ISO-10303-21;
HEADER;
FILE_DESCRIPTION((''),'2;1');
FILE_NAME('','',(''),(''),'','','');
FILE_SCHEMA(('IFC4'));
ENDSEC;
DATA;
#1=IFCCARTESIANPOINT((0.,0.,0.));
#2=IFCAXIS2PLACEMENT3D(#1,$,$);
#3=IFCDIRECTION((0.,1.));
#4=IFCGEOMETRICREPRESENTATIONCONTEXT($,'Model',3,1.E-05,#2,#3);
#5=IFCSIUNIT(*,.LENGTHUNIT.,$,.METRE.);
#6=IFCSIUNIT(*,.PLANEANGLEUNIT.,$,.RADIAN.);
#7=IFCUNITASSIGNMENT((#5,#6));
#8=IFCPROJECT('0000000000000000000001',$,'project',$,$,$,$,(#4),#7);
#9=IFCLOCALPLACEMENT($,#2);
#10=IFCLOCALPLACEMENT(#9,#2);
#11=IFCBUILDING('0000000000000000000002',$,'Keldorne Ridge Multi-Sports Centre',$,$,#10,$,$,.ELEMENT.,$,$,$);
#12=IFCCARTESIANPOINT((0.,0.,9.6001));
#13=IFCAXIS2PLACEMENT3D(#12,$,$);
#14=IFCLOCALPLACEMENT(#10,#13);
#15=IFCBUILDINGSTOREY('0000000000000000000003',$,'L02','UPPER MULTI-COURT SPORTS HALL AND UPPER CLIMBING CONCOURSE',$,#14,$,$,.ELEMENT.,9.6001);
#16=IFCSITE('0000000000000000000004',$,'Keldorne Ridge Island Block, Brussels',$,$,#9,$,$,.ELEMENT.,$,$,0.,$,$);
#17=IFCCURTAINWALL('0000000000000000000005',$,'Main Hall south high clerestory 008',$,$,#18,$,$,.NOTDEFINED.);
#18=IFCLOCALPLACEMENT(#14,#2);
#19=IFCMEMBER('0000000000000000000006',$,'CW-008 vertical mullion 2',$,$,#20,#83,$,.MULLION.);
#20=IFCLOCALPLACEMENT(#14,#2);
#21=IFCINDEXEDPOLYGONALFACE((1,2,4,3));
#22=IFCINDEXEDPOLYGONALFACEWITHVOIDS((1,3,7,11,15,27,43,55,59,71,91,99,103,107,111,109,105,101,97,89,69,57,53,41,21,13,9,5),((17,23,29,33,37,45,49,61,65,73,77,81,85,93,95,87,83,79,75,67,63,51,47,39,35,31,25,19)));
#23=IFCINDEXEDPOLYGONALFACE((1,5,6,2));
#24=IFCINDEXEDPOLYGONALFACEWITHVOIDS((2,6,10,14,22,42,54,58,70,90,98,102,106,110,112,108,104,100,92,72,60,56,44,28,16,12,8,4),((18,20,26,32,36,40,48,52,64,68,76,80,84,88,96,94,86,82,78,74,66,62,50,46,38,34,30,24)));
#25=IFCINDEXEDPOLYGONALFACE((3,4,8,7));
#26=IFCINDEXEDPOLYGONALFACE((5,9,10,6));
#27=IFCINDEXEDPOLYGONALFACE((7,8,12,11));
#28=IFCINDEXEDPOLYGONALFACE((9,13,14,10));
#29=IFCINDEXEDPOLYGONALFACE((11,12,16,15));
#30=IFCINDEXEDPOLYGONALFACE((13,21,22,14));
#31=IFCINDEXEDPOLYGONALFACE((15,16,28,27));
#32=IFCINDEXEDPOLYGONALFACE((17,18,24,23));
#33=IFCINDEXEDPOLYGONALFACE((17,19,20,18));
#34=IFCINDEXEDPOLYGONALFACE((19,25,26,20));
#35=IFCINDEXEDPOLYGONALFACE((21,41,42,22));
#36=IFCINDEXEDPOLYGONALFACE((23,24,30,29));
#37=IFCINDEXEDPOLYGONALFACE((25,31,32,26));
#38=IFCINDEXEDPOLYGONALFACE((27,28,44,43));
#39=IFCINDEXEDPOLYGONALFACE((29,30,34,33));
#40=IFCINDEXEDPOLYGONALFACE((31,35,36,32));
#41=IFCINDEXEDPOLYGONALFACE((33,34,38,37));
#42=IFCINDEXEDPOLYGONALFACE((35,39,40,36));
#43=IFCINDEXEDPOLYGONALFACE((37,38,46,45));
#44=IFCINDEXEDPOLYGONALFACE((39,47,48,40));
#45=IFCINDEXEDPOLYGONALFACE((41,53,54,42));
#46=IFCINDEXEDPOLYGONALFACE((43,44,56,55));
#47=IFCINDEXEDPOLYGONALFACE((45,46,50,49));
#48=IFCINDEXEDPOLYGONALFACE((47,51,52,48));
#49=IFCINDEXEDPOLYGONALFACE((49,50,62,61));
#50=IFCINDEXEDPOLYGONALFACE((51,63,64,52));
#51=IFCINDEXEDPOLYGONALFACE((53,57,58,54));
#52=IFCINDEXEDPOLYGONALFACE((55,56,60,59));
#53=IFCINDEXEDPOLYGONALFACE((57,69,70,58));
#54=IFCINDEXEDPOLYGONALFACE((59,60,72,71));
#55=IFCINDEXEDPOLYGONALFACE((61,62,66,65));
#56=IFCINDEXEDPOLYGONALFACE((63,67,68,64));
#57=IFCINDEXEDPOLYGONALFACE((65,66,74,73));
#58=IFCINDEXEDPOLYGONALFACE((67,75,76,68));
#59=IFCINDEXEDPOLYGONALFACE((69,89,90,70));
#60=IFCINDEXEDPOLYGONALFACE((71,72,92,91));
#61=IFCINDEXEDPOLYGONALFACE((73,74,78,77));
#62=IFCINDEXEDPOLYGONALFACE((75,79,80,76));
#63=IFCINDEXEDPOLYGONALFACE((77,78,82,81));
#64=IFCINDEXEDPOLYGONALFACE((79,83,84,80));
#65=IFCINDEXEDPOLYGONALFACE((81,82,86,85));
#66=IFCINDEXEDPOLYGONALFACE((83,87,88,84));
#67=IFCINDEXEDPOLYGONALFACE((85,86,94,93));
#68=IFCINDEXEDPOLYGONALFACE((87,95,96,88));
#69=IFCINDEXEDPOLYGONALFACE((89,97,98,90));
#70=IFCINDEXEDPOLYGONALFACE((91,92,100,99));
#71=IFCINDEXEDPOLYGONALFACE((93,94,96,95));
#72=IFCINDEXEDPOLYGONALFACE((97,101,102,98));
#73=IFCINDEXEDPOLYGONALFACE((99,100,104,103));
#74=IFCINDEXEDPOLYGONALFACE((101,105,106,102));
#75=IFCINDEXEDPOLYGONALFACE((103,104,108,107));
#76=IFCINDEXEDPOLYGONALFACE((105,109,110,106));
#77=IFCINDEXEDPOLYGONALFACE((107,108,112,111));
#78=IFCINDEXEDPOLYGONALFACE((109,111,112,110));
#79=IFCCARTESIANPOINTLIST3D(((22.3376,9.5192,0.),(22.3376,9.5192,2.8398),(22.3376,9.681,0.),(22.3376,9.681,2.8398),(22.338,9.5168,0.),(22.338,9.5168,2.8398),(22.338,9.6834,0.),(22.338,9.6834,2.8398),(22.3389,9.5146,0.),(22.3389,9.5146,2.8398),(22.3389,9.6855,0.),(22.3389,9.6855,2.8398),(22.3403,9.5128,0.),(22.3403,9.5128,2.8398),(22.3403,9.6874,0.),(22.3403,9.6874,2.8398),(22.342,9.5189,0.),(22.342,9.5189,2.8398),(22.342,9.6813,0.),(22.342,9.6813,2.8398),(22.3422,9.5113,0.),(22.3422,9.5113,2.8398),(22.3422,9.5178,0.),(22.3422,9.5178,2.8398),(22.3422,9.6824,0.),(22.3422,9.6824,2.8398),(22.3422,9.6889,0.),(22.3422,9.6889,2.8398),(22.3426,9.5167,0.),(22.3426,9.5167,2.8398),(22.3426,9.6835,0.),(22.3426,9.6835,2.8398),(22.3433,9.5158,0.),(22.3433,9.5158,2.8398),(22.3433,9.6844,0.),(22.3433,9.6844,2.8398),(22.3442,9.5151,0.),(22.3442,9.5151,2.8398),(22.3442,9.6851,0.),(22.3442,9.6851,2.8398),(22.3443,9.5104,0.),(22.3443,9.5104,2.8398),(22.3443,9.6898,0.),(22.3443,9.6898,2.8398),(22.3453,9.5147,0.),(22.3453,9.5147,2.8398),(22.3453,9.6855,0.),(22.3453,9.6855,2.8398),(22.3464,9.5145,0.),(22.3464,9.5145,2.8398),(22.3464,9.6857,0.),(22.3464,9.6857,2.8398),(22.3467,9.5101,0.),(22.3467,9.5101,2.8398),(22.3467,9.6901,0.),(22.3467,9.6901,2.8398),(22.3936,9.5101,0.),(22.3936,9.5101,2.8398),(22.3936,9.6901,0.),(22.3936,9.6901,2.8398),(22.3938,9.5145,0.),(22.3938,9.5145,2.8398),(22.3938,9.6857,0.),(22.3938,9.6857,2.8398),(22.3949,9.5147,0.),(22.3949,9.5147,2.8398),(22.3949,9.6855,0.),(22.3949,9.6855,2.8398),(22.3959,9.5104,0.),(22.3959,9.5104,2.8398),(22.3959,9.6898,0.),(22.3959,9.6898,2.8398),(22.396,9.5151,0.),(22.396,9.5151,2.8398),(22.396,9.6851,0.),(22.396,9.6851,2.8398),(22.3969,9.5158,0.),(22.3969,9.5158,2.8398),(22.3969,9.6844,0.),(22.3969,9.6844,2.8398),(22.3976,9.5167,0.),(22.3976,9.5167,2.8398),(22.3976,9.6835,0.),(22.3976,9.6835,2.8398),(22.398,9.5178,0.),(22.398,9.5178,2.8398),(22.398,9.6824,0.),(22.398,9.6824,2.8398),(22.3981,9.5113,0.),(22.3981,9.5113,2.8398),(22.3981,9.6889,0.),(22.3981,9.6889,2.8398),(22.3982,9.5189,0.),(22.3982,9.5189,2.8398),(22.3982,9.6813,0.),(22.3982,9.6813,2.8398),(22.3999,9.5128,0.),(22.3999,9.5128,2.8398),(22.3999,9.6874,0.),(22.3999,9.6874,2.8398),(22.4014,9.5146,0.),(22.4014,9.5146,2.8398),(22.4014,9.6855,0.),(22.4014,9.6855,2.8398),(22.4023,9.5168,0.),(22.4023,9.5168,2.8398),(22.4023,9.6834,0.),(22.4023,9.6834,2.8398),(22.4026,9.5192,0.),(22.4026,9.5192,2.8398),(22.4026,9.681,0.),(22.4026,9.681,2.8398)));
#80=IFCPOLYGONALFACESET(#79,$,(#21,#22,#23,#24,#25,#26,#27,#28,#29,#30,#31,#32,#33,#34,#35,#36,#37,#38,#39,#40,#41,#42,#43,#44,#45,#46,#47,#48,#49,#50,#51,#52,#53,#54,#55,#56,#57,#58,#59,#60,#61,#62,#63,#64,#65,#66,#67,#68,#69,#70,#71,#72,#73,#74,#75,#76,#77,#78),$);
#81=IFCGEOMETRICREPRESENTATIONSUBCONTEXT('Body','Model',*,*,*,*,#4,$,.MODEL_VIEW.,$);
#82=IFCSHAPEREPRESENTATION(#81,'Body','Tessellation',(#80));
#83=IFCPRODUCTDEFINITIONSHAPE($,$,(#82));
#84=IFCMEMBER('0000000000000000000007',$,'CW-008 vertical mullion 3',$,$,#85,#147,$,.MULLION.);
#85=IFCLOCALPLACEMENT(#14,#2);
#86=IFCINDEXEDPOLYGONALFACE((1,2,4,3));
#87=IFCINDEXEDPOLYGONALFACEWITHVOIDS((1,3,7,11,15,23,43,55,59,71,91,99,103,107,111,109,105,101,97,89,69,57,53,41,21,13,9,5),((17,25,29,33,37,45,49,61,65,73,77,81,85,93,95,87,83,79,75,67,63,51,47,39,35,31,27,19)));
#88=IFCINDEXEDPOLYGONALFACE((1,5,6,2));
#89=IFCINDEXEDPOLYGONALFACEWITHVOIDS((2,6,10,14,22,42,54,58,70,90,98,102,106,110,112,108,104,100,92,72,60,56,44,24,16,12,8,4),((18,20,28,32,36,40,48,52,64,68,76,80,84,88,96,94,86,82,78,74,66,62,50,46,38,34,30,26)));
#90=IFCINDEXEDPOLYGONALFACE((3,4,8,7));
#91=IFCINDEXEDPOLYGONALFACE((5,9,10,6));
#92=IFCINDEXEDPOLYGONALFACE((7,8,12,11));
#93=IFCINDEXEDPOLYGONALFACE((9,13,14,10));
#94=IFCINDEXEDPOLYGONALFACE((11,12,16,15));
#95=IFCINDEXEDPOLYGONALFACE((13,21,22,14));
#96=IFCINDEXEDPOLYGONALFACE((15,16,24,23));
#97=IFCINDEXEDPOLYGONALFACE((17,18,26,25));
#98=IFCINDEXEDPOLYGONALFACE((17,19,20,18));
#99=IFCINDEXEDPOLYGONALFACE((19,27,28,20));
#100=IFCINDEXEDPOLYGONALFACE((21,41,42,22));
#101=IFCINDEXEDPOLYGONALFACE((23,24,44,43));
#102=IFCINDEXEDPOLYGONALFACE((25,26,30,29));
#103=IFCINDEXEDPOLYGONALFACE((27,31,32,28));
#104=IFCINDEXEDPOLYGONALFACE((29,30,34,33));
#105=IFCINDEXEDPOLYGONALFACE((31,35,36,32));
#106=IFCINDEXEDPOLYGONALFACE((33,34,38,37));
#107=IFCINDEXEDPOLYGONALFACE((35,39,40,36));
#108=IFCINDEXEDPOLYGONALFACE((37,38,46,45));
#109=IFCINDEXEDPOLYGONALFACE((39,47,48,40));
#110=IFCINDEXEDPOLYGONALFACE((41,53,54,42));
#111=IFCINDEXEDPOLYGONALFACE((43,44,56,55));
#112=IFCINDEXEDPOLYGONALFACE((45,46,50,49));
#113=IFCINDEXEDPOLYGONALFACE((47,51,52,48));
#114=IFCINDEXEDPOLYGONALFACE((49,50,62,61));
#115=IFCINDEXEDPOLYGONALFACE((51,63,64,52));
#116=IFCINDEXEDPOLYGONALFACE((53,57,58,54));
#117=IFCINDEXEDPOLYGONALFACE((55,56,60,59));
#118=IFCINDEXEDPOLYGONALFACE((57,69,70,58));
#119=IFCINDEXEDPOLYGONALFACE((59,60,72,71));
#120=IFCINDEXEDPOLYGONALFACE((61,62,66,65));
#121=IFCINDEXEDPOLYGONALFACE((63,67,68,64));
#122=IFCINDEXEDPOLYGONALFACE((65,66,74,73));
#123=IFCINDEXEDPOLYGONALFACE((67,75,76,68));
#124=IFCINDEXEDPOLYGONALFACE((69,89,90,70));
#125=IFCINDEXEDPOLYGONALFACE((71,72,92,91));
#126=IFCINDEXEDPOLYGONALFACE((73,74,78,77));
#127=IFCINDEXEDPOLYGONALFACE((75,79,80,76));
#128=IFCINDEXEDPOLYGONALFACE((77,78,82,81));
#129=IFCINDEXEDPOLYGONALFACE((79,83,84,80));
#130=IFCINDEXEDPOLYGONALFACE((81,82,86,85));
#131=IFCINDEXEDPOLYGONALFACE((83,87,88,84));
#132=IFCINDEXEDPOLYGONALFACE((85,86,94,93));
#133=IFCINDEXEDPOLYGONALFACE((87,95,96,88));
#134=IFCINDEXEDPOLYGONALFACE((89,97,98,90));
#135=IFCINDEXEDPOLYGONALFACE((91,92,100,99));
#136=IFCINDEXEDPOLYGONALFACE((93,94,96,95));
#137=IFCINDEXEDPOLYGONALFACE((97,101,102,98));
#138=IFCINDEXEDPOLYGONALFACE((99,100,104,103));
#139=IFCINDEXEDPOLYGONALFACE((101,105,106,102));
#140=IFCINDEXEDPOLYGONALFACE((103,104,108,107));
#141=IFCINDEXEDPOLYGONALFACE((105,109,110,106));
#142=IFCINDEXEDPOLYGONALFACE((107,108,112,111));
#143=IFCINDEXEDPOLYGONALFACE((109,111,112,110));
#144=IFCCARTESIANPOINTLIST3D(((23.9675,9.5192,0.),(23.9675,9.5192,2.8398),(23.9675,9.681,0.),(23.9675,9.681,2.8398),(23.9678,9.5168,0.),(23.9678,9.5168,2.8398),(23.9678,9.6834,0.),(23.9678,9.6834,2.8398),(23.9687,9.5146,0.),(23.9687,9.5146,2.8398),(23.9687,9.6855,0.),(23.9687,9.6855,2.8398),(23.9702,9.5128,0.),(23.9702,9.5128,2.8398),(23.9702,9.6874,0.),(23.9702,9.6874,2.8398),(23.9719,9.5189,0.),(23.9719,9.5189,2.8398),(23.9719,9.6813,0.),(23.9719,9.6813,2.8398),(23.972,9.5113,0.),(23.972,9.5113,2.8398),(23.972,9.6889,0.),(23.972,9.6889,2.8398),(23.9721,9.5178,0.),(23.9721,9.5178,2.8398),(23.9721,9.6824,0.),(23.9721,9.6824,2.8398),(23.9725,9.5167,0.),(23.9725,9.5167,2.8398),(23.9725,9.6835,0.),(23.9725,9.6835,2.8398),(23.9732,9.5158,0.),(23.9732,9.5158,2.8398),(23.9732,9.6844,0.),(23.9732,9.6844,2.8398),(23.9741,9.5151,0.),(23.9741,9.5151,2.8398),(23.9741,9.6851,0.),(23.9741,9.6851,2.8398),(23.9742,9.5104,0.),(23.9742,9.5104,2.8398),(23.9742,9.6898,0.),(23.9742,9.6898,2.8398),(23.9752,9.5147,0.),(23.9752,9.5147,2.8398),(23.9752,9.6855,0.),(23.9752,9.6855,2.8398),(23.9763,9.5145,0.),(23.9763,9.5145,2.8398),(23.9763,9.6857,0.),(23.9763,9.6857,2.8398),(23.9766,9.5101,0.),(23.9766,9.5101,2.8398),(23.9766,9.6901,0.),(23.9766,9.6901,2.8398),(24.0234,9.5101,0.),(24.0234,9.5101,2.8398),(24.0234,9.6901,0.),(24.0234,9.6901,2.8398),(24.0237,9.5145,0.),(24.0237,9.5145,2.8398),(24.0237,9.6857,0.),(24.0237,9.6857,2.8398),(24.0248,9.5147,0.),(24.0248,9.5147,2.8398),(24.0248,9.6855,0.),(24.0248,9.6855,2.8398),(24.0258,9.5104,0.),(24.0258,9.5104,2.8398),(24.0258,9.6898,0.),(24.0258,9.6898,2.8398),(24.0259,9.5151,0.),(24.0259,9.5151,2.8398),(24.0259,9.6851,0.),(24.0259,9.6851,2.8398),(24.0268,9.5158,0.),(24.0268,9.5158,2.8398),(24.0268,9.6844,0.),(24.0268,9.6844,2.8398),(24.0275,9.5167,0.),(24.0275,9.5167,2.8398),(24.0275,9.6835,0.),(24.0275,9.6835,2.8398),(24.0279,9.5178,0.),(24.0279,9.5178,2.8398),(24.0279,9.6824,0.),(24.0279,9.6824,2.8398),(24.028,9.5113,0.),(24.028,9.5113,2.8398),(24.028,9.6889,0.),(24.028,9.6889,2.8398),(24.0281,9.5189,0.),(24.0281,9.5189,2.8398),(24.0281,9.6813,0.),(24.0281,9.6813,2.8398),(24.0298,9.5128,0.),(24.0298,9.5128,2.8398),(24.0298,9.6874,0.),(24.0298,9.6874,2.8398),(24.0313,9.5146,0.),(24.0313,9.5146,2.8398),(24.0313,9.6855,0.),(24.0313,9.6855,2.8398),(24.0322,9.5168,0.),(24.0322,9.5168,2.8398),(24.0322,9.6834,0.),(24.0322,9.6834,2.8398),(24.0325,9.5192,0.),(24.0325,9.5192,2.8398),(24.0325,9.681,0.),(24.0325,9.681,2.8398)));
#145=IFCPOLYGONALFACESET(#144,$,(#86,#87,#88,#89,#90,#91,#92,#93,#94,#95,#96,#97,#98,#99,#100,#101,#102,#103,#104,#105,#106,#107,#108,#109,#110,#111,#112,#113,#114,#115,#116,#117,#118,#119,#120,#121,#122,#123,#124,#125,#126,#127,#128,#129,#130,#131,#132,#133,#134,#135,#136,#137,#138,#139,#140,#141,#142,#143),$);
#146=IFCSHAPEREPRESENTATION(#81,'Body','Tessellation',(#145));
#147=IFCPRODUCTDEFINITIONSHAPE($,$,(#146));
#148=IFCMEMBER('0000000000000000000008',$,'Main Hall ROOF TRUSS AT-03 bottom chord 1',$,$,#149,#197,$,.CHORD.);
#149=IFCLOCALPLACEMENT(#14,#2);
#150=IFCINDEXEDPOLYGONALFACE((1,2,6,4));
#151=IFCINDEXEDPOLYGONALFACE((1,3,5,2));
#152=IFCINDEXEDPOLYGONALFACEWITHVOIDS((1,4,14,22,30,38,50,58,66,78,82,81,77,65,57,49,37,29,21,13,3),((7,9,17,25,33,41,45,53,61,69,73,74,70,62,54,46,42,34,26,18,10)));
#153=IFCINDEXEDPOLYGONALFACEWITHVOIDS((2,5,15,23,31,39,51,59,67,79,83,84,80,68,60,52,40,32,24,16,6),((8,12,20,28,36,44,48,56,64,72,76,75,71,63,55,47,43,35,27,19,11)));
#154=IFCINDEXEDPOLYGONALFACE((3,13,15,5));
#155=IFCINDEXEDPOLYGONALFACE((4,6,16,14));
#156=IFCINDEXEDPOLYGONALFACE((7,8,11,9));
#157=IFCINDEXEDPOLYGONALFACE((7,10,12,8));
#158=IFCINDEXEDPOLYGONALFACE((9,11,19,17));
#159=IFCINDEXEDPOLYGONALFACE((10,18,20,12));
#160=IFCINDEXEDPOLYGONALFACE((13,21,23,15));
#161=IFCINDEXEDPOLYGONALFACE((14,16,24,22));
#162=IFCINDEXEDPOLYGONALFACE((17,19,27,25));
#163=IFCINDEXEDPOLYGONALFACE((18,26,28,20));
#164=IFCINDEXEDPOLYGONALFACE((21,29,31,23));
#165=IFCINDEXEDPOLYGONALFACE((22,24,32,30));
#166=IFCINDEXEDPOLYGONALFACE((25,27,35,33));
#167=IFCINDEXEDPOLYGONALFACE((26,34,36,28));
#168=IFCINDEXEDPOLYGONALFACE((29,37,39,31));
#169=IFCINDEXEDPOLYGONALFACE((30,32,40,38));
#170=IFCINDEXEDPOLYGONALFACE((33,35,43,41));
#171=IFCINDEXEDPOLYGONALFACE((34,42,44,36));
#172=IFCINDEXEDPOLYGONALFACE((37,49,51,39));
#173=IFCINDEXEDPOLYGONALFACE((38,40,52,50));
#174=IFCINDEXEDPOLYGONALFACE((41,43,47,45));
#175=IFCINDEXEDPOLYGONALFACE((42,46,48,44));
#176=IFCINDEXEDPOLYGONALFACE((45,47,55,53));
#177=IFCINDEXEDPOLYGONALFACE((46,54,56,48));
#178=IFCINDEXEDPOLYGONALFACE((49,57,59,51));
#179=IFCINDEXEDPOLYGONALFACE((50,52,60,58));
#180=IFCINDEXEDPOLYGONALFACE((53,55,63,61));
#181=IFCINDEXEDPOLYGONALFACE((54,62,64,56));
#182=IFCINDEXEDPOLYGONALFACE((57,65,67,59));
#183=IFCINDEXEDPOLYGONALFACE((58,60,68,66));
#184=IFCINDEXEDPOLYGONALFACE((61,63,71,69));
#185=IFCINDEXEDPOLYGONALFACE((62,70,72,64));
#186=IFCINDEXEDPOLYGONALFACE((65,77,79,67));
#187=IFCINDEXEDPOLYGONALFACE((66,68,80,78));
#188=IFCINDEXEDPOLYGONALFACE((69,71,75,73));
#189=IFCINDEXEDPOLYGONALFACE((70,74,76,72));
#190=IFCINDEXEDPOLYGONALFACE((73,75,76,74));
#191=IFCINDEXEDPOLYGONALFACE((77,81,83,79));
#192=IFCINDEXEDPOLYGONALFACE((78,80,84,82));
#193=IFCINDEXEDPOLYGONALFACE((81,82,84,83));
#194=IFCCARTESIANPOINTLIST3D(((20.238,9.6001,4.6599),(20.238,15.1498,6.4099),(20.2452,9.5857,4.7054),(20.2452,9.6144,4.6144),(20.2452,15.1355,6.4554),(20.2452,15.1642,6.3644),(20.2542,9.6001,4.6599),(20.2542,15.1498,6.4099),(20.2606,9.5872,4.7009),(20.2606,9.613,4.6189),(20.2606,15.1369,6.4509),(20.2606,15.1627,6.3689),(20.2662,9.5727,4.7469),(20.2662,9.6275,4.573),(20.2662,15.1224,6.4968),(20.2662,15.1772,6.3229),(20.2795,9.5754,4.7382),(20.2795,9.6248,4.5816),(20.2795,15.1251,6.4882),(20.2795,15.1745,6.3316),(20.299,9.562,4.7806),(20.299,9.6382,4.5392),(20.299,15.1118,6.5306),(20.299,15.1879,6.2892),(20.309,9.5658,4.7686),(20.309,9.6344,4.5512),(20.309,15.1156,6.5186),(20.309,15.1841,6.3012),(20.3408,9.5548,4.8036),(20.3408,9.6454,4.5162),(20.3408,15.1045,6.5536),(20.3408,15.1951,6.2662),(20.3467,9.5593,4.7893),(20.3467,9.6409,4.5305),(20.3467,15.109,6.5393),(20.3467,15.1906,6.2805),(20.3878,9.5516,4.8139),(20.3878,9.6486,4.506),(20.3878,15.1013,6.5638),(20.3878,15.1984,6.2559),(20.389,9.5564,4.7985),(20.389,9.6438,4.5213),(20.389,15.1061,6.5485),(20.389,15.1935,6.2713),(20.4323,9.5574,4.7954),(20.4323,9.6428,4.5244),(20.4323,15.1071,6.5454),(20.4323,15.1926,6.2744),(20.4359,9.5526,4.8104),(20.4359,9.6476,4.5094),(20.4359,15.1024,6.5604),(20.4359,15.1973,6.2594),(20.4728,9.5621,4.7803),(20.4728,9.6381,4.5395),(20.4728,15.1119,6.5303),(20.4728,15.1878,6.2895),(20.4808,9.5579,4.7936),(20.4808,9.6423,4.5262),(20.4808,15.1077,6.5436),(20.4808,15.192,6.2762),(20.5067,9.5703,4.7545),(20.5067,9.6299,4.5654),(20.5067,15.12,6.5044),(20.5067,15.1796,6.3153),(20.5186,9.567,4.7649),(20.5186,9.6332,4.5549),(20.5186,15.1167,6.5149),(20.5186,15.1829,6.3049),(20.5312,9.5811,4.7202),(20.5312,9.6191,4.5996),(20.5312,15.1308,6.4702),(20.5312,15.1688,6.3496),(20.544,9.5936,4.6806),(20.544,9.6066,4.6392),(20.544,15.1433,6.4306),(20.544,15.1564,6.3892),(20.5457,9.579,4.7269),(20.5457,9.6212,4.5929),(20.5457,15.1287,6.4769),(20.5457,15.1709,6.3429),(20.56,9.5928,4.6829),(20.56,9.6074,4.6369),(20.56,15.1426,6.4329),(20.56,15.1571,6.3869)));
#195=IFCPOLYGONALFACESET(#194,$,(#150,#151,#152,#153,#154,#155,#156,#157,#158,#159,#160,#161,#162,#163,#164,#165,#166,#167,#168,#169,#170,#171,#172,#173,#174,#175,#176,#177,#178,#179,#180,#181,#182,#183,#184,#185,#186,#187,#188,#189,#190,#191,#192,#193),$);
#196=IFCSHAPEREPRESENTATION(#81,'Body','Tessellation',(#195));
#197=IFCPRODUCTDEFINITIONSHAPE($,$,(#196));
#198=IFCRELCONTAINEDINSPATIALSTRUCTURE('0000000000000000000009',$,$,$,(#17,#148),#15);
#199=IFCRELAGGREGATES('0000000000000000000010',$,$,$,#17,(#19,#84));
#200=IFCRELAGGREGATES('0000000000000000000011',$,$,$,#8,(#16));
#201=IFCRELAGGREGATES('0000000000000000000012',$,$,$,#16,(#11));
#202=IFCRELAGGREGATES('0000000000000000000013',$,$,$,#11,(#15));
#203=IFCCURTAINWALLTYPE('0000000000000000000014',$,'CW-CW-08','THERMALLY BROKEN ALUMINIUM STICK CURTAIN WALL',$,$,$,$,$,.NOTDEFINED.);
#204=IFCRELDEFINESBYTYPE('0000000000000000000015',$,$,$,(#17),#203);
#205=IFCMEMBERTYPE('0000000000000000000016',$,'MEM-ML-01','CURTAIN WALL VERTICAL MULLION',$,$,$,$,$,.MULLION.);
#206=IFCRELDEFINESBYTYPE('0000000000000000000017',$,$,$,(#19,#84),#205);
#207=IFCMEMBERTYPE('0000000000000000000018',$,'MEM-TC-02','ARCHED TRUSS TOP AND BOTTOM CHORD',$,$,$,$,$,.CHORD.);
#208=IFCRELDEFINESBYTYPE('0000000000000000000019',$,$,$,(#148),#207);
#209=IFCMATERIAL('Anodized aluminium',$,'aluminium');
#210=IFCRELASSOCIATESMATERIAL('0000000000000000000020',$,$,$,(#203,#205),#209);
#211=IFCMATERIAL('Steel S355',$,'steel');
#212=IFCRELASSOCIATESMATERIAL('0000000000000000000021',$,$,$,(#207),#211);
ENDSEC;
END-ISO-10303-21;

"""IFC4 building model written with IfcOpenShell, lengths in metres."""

from ifc_helpers import new_model, si_unit, direction, frame, origin, origin_2d, place, context, subcontext, project, spatial, hollow_rectangle, hollow_circle, extrude, material, material_profile, profile_set, type_object, element, aggregate, save


model = new_model("IFC4")

# Units and contexts
model_context = context("Model", 3, precision=1e-05, world=origin(), true_north=direction((0.0, 1.0)))
body_context = subcontext(model_context, "Body", "Model", "MODEL_VIEW")
ifc_project = project(units=[si_unit("LENGTHUNIT", "METRE"), si_unit("PLANEANGLEUNIT", "RADIAN")], contexts=[model_context])

# Site, building, storey
site_placement = place(None, origin())
site = spatial("IfcSite", under=ifc_project, at=site_placement, Name="Keldorne Ridge Island Block, Brussels", CompositionType="ELEMENT", RefElevation=0.0)
building_placement = place(site_placement, origin())
building = spatial("IfcBuilding", under=site, at=building_placement, Name="Keldorne Ridge Multi-Sports Centre", CompositionType="ELEMENT")
storey_placement = place(building_placement, frame((0.0, 0.0, 9.6001)))
storey = spatial("IfcBuildingStorey", under=building, at=storey_placement, Name="L02", Description="UPPER MULTI-COURT SPORTS HALL AND UPPER CLIMBING CONCOURSE", CompositionType="ELEMENT", Elevation=9.6001)

# Shared definitions
ifc_material_1 = material(Name="Steel S355", Category="steel")

# Curtain wall, members
ifc_material_2 = material(Name="Anodized aluminium", Category="aluminium")
curtain_wall_type = type_object("IfcCurtainWallType", Name="CW-CW-08", Description="THERMALLY BROKEN ALUMINIUM STICK CURTAIN WALL", PredefinedType="NOTDEFINED", material=ifc_material_2)
curtain_wall_placement = place(storey_placement, origin())
curtain_wall = element("IfcCurtainWall", 1, at=curtain_wall_placement, inside=storey, type_object=curtain_wall_type, Name="Main Hall south high clerestory 008", PredefinedType="NOTDEFINED")
ifc_material_profile_1 = material_profile(ifc_material_2, hollow_rectangle(XDim=0.0649, YDim=0.1799, WallThickness=0.0044, InnerFilletRadius=0.0044, OuterFilletRadius=0.009, at=origin_2d()), Name="ALU MULLION 180x65x4.5")
ifc_profile_set_1 = profile_set([ifc_material_profile_1], Name="Anodized aluminium")
member_type_1 = type_object("IfcMemberType", Name="MEM-ML-01", Description="CURTAIN WALL VERTICAL MULLION", PredefinedType="MULLION", material=ifc_profile_set_1)
member_1_placement = place(storey_placement, frame((22.3701, 9.6001, 0.0), z_axis=(0.0, 0.0, 1.0), x_axis=(1.0, 0.0, 0.0)))
member_1 = element("IfcMember", 2, at=member_1_placement, type_object=member_type_1, Name="CW-008 vertical mullion 2", PredefinedType="MULLION", context=body_context, shape_type="SweptSolid", body=[
    extrude(hollow_rectangle(XDim=0.0649, YDim=0.1799, WallThickness=0.0044, InnerFilletRadius=0.0044, OuterFilletRadius=0.009, at=origin_2d()), origin(), (0.0, 0.0, 1.0), 2.8398),
])
member_2_placement = place(storey_placement, frame((24.0, 9.6001, 0.0), z_axis=(0.0, 0.0, 1.0), x_axis=(1.0, 0.0, 0.0)))
member_2 = element("IfcMember", 3, at=member_2_placement, type_object=member_type_1, Name="CW-008 vertical mullion 3", PredefinedType="MULLION", context=body_context, shape_type="SweptSolid", body=[
    extrude(hollow_rectangle(XDim=0.0649, YDim=0.1799, WallThickness=0.0044, InnerFilletRadius=0.0044, OuterFilletRadius=0.009, at=origin_2d()), origin(), (0.0, 0.0, 1.0), 2.8398),
])

# Member
ifc_material_profile_2 = material_profile(ifc_material_1, hollow_circle(Radius=0.1619, WallThickness=0.0161, at=origin_2d()), Name="CHS 323.9x16")
ifc_profile_set_2 = profile_set([ifc_material_profile_2], Name="Steel S355")
member_type_2 = type_object("IfcMemberType", Name="MEM-TC-02", Description="ARCHED TRUSS TOP AND BOTTOM CHORD", PredefinedType="CHORD", material=ifc_profile_set_2)
member_3_placement = place(storey_placement, frame((20.3999, 9.6001, 4.6599), z_axis=(0.0, 0.953709, 0.30073), x_axis=(-1.0, 0.0, 0.0)))
element("IfcMember", 4, at=member_3_placement, inside=storey, type_object=member_type_2, Name="Main Hall ROOF TRUSS AT-03 bottom chord 1", PredefinedType="CHORD", context=body_context, shape_type="SweptSolid", body=[
    extrude(hollow_circle(Radius=0.1619, WallThickness=0.0161, at=origin_2d()), origin(), (0.0, 0.0, 1.0), 5.8191),
])

aggregate(curtain_wall, [member_1, member_2])

save(model, "model.ifc")
